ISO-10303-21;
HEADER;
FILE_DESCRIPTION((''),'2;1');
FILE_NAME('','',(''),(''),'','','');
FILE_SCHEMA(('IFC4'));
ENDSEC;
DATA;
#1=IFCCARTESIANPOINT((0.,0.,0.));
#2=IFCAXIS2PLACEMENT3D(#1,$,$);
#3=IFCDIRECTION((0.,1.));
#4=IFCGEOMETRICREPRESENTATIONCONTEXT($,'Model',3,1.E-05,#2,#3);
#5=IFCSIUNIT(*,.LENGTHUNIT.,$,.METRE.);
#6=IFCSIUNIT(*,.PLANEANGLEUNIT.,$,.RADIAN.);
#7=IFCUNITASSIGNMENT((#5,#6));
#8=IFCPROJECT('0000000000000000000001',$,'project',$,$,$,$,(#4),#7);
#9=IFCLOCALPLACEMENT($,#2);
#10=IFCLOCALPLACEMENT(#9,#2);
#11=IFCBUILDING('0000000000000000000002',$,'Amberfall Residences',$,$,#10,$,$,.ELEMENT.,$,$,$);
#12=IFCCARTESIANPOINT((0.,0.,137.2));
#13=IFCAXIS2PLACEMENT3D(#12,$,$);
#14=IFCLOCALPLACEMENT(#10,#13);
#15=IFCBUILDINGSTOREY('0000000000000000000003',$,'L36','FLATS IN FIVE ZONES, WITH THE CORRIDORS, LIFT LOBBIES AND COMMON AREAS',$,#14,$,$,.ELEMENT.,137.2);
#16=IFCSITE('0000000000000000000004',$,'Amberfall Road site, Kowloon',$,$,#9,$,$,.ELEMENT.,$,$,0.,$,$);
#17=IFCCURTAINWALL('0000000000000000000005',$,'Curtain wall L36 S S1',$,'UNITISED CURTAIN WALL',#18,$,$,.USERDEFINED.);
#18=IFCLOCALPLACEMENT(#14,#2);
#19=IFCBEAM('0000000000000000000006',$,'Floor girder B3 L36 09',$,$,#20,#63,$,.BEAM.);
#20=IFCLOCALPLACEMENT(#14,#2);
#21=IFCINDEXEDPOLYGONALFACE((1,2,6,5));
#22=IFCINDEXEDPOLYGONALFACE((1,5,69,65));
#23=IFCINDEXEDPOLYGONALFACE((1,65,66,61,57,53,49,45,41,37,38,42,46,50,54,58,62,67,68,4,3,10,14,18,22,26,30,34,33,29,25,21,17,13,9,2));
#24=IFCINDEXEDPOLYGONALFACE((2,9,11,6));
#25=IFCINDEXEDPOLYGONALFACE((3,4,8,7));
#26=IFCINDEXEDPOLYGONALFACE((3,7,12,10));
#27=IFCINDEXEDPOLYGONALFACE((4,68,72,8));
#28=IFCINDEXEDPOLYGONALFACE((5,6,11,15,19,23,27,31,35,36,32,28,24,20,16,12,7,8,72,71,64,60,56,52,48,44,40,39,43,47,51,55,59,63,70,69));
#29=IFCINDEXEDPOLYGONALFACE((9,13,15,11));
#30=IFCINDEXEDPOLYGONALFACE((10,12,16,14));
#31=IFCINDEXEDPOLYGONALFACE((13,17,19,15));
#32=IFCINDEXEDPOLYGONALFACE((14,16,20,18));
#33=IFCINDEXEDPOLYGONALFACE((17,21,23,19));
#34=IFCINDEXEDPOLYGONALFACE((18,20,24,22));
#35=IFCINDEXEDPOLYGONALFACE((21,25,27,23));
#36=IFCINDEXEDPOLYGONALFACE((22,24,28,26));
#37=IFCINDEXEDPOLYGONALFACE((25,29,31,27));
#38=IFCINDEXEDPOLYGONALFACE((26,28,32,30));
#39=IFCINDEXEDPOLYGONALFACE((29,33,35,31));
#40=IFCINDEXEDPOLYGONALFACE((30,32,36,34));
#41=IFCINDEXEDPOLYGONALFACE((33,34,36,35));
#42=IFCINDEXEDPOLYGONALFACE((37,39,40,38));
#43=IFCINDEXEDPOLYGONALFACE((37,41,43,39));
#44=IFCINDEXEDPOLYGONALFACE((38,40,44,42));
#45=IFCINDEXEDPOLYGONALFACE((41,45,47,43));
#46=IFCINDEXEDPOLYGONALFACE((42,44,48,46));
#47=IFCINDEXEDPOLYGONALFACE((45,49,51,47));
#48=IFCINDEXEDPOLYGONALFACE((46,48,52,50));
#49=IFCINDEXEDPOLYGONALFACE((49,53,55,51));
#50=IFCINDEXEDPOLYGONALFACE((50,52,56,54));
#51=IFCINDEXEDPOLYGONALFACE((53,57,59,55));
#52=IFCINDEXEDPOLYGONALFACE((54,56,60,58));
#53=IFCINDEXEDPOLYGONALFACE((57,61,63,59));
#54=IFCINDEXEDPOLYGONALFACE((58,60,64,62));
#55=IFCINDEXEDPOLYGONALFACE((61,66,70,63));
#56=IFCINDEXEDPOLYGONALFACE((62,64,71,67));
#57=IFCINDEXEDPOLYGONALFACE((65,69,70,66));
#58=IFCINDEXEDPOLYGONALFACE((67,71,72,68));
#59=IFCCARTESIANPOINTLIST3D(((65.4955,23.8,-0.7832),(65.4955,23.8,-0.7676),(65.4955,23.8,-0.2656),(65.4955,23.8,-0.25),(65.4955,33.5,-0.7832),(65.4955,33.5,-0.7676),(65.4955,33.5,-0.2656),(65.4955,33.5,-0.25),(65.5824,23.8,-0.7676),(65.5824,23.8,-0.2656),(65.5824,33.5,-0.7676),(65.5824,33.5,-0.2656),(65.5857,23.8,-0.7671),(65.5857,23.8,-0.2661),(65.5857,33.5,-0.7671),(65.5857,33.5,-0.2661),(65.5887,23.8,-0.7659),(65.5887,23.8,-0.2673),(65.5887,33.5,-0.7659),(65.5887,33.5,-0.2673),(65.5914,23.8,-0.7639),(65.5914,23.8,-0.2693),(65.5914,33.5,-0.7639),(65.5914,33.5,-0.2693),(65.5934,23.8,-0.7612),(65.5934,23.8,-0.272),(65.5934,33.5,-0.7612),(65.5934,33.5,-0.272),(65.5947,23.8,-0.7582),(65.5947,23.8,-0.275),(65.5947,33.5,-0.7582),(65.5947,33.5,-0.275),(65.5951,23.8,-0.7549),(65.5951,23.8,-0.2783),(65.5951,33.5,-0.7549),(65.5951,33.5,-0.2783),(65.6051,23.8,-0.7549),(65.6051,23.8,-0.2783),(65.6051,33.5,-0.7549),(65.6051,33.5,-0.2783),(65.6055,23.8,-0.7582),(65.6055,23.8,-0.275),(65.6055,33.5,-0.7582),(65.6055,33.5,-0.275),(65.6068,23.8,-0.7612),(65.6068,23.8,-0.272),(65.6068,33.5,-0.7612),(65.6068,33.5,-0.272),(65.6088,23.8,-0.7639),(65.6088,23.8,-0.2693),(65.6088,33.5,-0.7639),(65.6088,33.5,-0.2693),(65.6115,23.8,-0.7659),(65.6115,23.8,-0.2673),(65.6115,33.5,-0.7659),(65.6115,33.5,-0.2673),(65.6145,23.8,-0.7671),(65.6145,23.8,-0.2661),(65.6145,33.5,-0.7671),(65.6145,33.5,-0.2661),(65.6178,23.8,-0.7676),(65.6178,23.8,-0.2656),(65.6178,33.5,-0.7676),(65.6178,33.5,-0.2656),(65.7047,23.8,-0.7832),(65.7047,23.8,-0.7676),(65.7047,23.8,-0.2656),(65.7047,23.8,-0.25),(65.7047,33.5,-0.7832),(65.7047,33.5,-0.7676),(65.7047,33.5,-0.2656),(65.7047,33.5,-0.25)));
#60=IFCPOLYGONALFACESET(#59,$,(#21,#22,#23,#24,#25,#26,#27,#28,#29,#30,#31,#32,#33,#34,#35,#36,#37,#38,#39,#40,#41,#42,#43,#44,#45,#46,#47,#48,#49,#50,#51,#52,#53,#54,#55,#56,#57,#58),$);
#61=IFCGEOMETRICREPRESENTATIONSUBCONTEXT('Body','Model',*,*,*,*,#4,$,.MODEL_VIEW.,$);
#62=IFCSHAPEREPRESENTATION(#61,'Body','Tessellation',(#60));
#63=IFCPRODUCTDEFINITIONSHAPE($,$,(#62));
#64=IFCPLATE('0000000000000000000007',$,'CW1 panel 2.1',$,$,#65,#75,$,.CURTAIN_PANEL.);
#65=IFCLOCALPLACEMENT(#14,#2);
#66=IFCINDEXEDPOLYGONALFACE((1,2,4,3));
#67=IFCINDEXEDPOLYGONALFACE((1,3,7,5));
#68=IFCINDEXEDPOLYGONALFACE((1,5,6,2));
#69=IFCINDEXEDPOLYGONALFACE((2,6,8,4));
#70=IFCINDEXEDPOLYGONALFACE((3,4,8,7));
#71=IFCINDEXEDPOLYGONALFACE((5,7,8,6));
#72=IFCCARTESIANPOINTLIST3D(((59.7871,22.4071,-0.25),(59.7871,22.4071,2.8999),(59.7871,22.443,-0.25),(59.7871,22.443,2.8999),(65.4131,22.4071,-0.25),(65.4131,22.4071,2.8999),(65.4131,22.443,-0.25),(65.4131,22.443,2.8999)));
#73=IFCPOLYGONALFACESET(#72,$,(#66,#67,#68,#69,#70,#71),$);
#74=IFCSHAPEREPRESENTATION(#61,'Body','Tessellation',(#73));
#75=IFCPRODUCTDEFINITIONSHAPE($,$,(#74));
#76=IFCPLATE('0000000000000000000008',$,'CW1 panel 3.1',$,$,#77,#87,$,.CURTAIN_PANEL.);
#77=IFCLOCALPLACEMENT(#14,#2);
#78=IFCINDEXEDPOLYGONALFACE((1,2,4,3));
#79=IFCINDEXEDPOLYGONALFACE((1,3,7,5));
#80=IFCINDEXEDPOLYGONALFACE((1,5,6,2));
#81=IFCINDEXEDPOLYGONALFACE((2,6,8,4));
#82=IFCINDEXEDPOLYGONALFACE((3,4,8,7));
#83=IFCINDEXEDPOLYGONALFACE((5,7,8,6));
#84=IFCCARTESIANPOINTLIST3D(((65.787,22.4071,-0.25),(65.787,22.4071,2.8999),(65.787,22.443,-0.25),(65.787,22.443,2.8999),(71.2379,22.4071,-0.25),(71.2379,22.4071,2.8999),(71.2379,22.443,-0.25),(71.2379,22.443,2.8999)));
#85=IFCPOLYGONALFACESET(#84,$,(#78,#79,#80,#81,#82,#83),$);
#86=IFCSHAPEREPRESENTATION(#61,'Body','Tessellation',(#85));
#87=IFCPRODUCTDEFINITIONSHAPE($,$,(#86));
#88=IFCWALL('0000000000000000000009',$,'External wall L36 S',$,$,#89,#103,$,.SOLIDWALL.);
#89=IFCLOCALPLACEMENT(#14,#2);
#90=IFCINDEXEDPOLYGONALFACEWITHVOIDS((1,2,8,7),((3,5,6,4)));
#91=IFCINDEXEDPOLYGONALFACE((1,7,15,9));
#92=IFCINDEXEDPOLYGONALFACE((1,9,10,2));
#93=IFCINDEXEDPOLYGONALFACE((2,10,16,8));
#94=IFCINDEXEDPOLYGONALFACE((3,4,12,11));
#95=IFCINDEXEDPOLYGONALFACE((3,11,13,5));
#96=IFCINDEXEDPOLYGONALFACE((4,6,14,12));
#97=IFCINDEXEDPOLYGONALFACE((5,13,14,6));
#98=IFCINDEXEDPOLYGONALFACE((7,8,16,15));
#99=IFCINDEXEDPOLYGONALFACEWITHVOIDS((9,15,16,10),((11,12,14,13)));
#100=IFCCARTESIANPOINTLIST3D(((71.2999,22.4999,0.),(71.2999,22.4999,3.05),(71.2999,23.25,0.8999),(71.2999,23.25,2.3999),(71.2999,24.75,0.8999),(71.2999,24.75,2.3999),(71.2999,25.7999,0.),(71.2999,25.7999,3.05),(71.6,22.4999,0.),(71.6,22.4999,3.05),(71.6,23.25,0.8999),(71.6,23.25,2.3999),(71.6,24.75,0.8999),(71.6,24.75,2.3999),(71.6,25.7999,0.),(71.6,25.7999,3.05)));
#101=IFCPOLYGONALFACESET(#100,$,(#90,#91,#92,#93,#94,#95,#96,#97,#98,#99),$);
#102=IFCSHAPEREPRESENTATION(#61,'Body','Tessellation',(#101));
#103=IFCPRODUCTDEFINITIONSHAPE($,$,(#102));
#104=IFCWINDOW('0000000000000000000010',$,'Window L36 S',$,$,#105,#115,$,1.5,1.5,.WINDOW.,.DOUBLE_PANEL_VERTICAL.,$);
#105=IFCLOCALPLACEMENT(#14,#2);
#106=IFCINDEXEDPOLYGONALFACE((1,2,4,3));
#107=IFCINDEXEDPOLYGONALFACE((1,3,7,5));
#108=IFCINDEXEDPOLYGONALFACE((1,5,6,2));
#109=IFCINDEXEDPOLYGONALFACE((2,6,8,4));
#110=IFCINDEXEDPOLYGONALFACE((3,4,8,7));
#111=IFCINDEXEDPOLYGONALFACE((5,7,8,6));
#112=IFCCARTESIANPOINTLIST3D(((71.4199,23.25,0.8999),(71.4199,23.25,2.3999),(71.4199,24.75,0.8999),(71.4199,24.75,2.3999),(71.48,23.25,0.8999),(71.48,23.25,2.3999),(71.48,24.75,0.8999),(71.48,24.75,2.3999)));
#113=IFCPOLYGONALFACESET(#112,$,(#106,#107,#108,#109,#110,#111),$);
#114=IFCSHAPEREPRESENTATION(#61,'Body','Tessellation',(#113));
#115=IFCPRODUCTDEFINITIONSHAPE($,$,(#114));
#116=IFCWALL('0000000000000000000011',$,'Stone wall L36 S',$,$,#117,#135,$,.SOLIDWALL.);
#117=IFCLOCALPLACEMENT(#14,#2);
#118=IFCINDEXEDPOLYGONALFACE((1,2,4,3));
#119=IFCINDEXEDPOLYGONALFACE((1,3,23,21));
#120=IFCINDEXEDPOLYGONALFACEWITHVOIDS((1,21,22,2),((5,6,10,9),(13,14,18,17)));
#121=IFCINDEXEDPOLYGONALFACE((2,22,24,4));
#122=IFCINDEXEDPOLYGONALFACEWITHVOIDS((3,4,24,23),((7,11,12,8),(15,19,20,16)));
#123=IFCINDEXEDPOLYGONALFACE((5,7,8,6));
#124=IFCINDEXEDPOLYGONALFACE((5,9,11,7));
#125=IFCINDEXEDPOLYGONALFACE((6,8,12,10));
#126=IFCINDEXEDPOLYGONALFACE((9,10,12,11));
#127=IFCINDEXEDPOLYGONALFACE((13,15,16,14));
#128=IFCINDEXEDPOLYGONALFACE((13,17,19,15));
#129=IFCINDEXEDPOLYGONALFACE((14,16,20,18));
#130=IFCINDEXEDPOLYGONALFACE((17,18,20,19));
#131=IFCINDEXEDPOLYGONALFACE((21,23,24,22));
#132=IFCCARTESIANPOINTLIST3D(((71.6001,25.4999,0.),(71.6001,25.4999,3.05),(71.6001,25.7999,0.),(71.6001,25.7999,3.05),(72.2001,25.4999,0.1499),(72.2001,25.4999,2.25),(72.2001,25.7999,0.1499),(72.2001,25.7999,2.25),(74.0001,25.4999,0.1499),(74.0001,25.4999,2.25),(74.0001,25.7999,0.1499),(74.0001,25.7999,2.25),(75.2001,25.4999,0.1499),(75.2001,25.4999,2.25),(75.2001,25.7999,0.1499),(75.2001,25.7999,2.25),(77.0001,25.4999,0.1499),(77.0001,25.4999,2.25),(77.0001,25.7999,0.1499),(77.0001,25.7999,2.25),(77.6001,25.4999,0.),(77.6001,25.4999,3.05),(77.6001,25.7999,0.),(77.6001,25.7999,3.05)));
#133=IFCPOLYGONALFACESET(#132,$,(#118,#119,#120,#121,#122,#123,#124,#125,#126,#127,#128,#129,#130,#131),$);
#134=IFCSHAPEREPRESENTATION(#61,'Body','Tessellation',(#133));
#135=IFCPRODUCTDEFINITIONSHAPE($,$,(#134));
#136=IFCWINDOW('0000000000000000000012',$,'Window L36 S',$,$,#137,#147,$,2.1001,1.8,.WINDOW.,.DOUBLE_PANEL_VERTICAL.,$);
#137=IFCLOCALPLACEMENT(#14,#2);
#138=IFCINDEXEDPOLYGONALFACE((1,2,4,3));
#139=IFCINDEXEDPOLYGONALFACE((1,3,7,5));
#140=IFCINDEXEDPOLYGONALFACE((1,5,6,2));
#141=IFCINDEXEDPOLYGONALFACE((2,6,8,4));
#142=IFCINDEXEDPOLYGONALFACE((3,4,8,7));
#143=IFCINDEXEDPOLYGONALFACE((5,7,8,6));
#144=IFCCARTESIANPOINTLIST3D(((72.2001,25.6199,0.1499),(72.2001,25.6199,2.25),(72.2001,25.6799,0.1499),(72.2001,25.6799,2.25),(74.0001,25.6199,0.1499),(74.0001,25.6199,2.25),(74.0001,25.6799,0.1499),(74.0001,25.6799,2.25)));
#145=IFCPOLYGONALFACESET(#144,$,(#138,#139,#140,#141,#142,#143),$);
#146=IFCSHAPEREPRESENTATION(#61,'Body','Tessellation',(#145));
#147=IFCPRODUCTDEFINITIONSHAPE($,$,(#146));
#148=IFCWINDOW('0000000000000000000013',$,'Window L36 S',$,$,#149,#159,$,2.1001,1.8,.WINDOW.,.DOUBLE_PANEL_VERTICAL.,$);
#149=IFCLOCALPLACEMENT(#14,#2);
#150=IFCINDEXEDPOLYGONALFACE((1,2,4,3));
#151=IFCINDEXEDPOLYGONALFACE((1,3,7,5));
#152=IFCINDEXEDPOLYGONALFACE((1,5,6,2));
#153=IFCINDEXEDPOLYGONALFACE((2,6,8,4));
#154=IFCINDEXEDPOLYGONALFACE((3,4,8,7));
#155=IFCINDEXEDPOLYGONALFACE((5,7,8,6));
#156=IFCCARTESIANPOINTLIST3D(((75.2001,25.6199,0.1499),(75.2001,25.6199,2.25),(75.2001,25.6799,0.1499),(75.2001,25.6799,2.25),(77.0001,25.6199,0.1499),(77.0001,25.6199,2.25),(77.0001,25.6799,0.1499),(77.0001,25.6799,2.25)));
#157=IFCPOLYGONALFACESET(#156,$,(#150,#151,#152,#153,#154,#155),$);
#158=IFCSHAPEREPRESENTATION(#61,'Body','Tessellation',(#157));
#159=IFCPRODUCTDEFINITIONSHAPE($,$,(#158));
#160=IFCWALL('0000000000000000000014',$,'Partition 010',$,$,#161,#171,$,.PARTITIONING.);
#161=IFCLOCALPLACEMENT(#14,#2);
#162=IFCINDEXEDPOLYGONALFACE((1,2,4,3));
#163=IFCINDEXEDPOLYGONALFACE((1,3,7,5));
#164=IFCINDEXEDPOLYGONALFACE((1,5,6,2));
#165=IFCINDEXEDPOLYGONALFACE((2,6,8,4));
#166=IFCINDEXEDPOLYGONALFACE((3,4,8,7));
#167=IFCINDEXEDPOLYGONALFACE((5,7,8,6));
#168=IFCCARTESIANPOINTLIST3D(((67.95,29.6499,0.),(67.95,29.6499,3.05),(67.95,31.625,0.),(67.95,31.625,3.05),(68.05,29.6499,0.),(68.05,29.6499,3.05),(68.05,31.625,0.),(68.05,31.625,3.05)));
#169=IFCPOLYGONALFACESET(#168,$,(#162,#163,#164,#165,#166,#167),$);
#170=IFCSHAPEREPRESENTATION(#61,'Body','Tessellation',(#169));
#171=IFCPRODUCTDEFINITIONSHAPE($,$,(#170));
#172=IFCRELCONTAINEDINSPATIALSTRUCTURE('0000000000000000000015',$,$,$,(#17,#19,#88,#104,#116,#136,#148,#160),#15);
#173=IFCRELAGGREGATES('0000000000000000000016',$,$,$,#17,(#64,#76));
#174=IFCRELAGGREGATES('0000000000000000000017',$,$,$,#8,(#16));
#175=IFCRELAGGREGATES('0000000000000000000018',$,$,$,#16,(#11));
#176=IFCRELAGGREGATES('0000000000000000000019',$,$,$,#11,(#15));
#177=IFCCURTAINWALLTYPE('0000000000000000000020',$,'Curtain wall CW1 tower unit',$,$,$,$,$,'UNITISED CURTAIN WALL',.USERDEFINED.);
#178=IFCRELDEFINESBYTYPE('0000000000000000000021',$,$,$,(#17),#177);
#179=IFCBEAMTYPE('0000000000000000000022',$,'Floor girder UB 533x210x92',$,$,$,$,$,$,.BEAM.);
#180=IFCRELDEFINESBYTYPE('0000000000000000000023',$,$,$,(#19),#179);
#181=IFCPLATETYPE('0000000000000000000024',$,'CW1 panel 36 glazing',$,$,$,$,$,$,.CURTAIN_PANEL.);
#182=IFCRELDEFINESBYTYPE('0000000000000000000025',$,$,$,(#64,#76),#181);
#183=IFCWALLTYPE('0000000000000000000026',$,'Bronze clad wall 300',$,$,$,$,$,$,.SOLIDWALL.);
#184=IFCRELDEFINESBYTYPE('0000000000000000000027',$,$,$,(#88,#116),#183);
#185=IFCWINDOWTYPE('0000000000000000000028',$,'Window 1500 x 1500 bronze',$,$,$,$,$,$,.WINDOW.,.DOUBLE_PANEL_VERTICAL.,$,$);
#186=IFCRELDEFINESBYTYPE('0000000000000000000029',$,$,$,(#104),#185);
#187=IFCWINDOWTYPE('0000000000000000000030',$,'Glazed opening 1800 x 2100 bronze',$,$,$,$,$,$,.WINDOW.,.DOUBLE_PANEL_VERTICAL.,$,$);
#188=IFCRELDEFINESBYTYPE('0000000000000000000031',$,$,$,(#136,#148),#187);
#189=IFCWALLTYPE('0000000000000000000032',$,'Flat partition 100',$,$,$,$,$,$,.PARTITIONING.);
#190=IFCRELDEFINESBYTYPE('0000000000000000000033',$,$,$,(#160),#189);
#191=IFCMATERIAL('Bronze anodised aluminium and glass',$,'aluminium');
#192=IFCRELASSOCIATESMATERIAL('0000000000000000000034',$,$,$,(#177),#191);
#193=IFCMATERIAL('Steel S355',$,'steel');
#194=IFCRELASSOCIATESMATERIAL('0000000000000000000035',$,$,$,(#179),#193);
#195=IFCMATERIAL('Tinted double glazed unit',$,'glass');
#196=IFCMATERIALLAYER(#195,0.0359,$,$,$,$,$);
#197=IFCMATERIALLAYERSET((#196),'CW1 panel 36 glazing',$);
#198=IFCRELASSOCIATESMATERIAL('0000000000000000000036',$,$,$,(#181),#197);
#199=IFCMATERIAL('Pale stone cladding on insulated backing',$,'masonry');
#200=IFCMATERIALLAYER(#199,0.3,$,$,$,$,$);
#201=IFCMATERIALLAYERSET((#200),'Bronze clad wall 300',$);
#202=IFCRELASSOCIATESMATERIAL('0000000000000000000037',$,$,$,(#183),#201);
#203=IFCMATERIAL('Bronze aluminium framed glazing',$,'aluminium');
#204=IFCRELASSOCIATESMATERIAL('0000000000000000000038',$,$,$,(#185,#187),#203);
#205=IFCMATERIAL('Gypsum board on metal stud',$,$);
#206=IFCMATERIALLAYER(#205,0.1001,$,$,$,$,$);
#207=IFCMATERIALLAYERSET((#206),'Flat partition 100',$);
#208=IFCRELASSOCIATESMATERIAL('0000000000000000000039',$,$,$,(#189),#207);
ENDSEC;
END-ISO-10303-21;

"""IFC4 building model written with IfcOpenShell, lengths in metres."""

from ifc_helpers import new_model, si_unit, direction, frame, frame_2d, origin, origin_2d, place, context, subcontext, project, spatial, rectangle, i_section, extrude, material, layer, layer_set, material_profile, profile_set, type_object, element, fill, aggregate, save


model = new_model("IFC4")

# Units and contexts
model_context = context("Model", 3, precision=1e-05, world=origin(), true_north=direction((0.0, 1.0)))
body_context = subcontext(model_context, "Body", "Model", "MODEL_VIEW")
ifc_project = project(units=[si_unit("LENGTHUNIT", "METRE"), si_unit("PLANEANGLEUNIT", "RADIAN")], contexts=[model_context])

# Site, building, storey
site_placement = place(None, origin())
site = spatial("IfcSite", under=ifc_project, at=site_placement, Name="Amberfall Road site, Kowloon", CompositionType="ELEMENT", RefElevation=0.0)
building_placement = place(site_placement, origin())
building = spatial("IfcBuilding", under=site, at=building_placement, Name="Amberfall Residences", CompositionType="ELEMENT")
storey_placement = place(building_placement, frame((0.0, 0.0, 137.2)))
storey = spatial("IfcBuildingStorey", under=building, at=storey_placement, Name="L36", Description="FLATS IN FIVE ZONES, WITH THE CORRIDORS, LIFT LOBBIES AND COMMON AREAS", CompositionType="ELEMENT", Elevation=137.2)

# Curtain wall
ifc_material_1 = material(Name="Bronze anodised aluminium and glass", Category="aluminium")
curtain_wall_type = type_object("IfcCurtainWallType", Name="Curtain wall CW1 tower unit", ElementType="UNITISED CURTAIN WALL", PredefinedType="USERDEFINED", material=ifc_material_1)
curtain_wall_placement = place(storey_placement, origin())
curtain_wall = element("IfcCurtainWall", 1, at=curtain_wall_placement, inside=storey, type_object=curtain_wall_type, Name="Curtain wall L36 S S1", ObjectType="UNITISED CURTAIN WALL", PredefinedType="USERDEFINED")

# Shared definitions
ifc_material_2 = material(Name="Steel S355", Category="steel")

# Beam
ifc_material_profile_1 = material_profile(ifc_material_2, i_section(OverallWidth=0.2092, OverallDepth=0.5332, WebThickness=0.01, FlangeThickness=0.0156, FilletRadius=0.0127, at=origin_2d()), Name="UB 533x210x92")
ifc_profile_set_1 = profile_set([ifc_material_profile_1], Name="Steel S355")
beam_type_1 = type_object("IfcBeamType", Name="Floor girder UB 533x210x92", PredefinedType="BEAM", material=ifc_profile_set_1)
beam_1_placement = place(storey_placement, frame((65.6001, 23.8, -0.5166), z_axis=(0.0, 1.0, 0.0), x_axis=(-1.0, 0.0, 0.0)))
element("IfcBeam", 2, at=beam_1_placement, inside=storey, type_object=beam_type_1, Name="Floor girder B3 L36 09", PredefinedType="BEAM", context=body_context, shape_type="SweptSolid", body=[
    extrude(i_section(OverallWidth=0.2092, OverallDepth=0.5332, WebThickness=0.01, FlangeThickness=0.0156, FilletRadius=0.0127, at=origin_2d()), origin(), (0.0, 0.0, 1.0), 9.7),
])

# Plates
ifc_material_3 = material(Name="Tinted double glazed unit", Category="glass")
ifc_layer_1 = layer(ifc_material_3, 0.0359)
ifc_layer_set_1 = layer_set([ifc_layer_1], Name="CW1 panel 36 glazing")
plate_type = type_object("IfcPlateType", Name="CW1 panel 36 glazing", PredefinedType="CURTAIN_PANEL", material=ifc_layer_set_1)
plate_1_placement = place(storey_placement, frame((62.6001, 22.425, -0.25), z_axis=(0.0, 0.0, 1.0), x_axis=(1.0, 0.0, 0.0)))
plate_1 = element("IfcPlate", 3, at=plate_1_placement, type_object=plate_type, Name="CW1 panel 2.1", PredefinedType="CURTAIN_PANEL", context=body_context, shape_type="SweptSolid", body=[
    extrude(rectangle(XDim=5.626, YDim=0.0359, at=origin_2d()), origin(), (0.0, 0.0, 1.0), 3.1499),
])
plate_2_placement = place(storey_placement, frame((68.5125, 22.425, -0.25), z_axis=(0.0, 0.0, 1.0), x_axis=(1.0, 0.0, 0.0)))
plate_2 = element("IfcPlate", 4, at=plate_2_placement, type_object=plate_type, Name="CW1 panel 3.1", PredefinedType="CURTAIN_PANEL", context=body_context, shape_type="SweptSolid", body=[
    extrude(rectangle(XDim=5.4509, YDim=0.0359, at=origin_2d()), origin(), (0.0, 0.0, 1.0), 3.1499),
])
aggregate(curtain_wall, [plate_1, plate_2])

# Wall, opening, window
ifc_material_4 = material(Name="Pale stone cladding on insulated backing", Category="masonry")
ifc_layer_2 = layer(ifc_material_4, 0.3)
ifc_layer_set_2 = layer_set([ifc_layer_2], Name="Bronze clad wall 300")
wall_type_1 = type_object("IfcWallType", Name="Bronze clad wall 300", PredefinedType="SOLIDWALL", material=ifc_layer_set_2)
wall_1_placement = place(storey_placement, frame((71.45, 22.5, 0.0), z_axis=(0.0, 0.0, 1.0), x_axis=(0.0, 1.0, 0.0)))
wall_1 = element("IfcWall", 5, at=wall_1_placement, inside=storey, type_object=wall_type_1, Name="External wall L36 S", PredefinedType="SOLIDWALL", context=body_context, shape_type="SweptSolid", body=[
    extrude(rectangle(XDim=3.3, YDim=0.3, at=frame_2d((1.6499, 0.0))), origin(), (0.0, 0.0, 1.0), 3.05),
])
opening_1_placement = place(wall_1_placement, frame((0.75, 0.0, 0.8999)))
opening_1 = element("IfcOpeningElement", 6, at=opening_1_placement, cuts=wall_1, PredefinedType="OPENING", context=body_context, shape_type="SweptSolid", body=[
    extrude(rectangle(XDim=1.5, YDim=1.5, at=frame_2d((0.75, 0.75))), frame((0.0, 0.1599, 0.0), z_axis=(0.0, -1.0, 0.0), x_axis=(1.0, 0.0, 0.0)), (0.0, 0.0, 1.0), 0.3201),
])
ifc_material_5 = material(Name="Bronze aluminium framed glazing", Category="aluminium")
window_type_1 = type_object("IfcWindowType", Name="Window 1500 x 1500 bronze", PartitioningType="DOUBLE_PANEL_VERTICAL", PredefinedType="WINDOW", material=ifc_material_5)
window_1_placement = place(opening_1_placement, origin())
window_1 = element("IfcWindow", 7, at=window_1_placement, inside=storey, type_object=window_type_1, Name="Window L36 S", OverallHeight=1.5, OverallWidth=1.5, PartitioningType="DOUBLE_PANEL_VERTICAL", PredefinedType="WINDOW", context=body_context, shape_type="SweptSolid", body=[
    extrude(rectangle(XDim=1.5, YDim=1.5, at=frame_2d((0.75, 0.75))), frame((0.0, 0.03, 0.0), z_axis=(0.0, -1.0, 0.0), x_axis=(1.0, 0.0, 0.0)), (0.0, 0.0, 1.0), 0.0601),
])
fill(opening_1, window_1)

# Wall, openings, windows
wall_2_placement = place(storey_placement, frame((71.6001, 25.6499, 0.0), z_axis=(0.0, 0.0, 1.0), x_axis=(1.0, 0.0, 0.0)))
wall_2 = element("IfcWall", 8, at=wall_2_placement, inside=storey, type_object=wall_type_1, Name="Stone wall L36 S", PredefinedType="SOLIDWALL", context=body_context, shape_type="SweptSolid", body=[
    extrude(rectangle(XDim=6.0, YDim=0.3, at=frame_2d((3.0, 0.0))), origin(), (0.0, 0.0, 1.0), 3.05),
])
opening_2_placement = place(wall_2_placement, frame((0.6001, 0.0, 0.1499)))
opening_2 = element("IfcOpeningElement", 9, at=opening_2_placement, cuts=wall_2, PredefinedType="OPENING", context=body_context, shape_type="SweptSolid", body=[
    extrude(rectangle(XDim=1.8, YDim=2.1001, at=frame_2d((0.8999, 1.05))), frame((0.0, 0.1599, 0.0), z_axis=(0.0, -1.0, 0.0), x_axis=(1.0, 0.0, 0.0)), (0.0, 0.0, 1.0), 0.3201),
])
opening_3_placement = place(wall_2_placement, frame((3.6001, 0.0, 0.1499)))
opening_3 = element("IfcOpeningElement", 10, at=opening_3_placement, cuts=wall_2, PredefinedType="OPENING", context=body_context, shape_type="SweptSolid", body=[
    extrude(rectangle(XDim=1.8, YDim=2.1001, at=frame_2d((0.8999, 1.05))), frame((0.0, 0.1599, 0.0), z_axis=(0.0, -1.0, 0.0), x_axis=(1.0, 0.0, 0.0)), (0.0, 0.0, 1.0), 0.3201),
])
window_type_2 = type_object("IfcWindowType", Name="Glazed opening 1800 x 2100 bronze", PartitioningType="DOUBLE_PANEL_VERTICAL", PredefinedType="WINDOW", material=ifc_material_5)
window_2_placement = place(opening_2_placement, origin())
window_2 = element("IfcWindow", 11, at=window_2_placement, inside=storey, type_object=window_type_2, Name="Window L36 S", OverallHeight=2.1001, OverallWidth=1.8, PartitioningType="DOUBLE_PANEL_VERTICAL", PredefinedType="WINDOW", context=body_context, shape_type="SweptSolid", body=[
    extrude(rectangle(XDim=1.8, YDim=2.1001, at=frame_2d((0.8999, 1.05))), frame((0.0, 0.03, 0.0), z_axis=(0.0, -1.0, 0.0), x_axis=(1.0, 0.0, 0.0)), (0.0, 0.0, 1.0), 0.0601),
])
fill(opening_2, window_2)
window_3_placement = place(opening_3_placement, origin())
window_3 = element("IfcWindow", 12, at=window_3_placement, inside=storey, type_object=window_type_2, Name="Window L36 S", OverallHeight=2.1001, OverallWidth=1.8, PartitioningType="DOUBLE_PANEL_VERTICAL", PredefinedType="WINDOW", context=body_context, shape_type="SweptSolid", body=[
    extrude(rectangle(XDim=1.8, YDim=2.1001, at=frame_2d((0.8999, 1.05))), frame((0.0, 0.03, 0.0), z_axis=(0.0, -1.0, 0.0), x_axis=(1.0, 0.0, 0.0)), (0.0, 0.0, 1.0), 0.0601),
])
fill(opening_3, window_3)

# Wall
ifc_material_6 = material(Name="Gypsum board on metal stud")
ifc_layer_3 = layer(ifc_material_6, 0.1001)
ifc_layer_set_3 = layer_set([ifc_layer_3], Name="Flat partition 100")
wall_type_2 = type_object("IfcWallType", Name="Flat partition 100", PredefinedType="PARTITIONING", material=ifc_layer_set_3)
wall_3_placement = place(storey_placement, frame((68.0, 29.6499, 0.0), z_axis=(0.0, 0.0, 1.0), x_axis=(0.0, 1.0, 0.0)))
element("IfcWall", 13, at=wall_3_placement, inside=storey, type_object=wall_type_2, Name="Partition 010", PredefinedType="PARTITIONING", context=body_context, shape_type="SweptSolid", body=[
    extrude(rectangle(XDim=1.9751, YDim=0.1001, at=frame_2d((0.9875, 0.0))), origin(), (0.0, 0.0, 1.0), 3.05),
])

save(model, "model.ifc")
